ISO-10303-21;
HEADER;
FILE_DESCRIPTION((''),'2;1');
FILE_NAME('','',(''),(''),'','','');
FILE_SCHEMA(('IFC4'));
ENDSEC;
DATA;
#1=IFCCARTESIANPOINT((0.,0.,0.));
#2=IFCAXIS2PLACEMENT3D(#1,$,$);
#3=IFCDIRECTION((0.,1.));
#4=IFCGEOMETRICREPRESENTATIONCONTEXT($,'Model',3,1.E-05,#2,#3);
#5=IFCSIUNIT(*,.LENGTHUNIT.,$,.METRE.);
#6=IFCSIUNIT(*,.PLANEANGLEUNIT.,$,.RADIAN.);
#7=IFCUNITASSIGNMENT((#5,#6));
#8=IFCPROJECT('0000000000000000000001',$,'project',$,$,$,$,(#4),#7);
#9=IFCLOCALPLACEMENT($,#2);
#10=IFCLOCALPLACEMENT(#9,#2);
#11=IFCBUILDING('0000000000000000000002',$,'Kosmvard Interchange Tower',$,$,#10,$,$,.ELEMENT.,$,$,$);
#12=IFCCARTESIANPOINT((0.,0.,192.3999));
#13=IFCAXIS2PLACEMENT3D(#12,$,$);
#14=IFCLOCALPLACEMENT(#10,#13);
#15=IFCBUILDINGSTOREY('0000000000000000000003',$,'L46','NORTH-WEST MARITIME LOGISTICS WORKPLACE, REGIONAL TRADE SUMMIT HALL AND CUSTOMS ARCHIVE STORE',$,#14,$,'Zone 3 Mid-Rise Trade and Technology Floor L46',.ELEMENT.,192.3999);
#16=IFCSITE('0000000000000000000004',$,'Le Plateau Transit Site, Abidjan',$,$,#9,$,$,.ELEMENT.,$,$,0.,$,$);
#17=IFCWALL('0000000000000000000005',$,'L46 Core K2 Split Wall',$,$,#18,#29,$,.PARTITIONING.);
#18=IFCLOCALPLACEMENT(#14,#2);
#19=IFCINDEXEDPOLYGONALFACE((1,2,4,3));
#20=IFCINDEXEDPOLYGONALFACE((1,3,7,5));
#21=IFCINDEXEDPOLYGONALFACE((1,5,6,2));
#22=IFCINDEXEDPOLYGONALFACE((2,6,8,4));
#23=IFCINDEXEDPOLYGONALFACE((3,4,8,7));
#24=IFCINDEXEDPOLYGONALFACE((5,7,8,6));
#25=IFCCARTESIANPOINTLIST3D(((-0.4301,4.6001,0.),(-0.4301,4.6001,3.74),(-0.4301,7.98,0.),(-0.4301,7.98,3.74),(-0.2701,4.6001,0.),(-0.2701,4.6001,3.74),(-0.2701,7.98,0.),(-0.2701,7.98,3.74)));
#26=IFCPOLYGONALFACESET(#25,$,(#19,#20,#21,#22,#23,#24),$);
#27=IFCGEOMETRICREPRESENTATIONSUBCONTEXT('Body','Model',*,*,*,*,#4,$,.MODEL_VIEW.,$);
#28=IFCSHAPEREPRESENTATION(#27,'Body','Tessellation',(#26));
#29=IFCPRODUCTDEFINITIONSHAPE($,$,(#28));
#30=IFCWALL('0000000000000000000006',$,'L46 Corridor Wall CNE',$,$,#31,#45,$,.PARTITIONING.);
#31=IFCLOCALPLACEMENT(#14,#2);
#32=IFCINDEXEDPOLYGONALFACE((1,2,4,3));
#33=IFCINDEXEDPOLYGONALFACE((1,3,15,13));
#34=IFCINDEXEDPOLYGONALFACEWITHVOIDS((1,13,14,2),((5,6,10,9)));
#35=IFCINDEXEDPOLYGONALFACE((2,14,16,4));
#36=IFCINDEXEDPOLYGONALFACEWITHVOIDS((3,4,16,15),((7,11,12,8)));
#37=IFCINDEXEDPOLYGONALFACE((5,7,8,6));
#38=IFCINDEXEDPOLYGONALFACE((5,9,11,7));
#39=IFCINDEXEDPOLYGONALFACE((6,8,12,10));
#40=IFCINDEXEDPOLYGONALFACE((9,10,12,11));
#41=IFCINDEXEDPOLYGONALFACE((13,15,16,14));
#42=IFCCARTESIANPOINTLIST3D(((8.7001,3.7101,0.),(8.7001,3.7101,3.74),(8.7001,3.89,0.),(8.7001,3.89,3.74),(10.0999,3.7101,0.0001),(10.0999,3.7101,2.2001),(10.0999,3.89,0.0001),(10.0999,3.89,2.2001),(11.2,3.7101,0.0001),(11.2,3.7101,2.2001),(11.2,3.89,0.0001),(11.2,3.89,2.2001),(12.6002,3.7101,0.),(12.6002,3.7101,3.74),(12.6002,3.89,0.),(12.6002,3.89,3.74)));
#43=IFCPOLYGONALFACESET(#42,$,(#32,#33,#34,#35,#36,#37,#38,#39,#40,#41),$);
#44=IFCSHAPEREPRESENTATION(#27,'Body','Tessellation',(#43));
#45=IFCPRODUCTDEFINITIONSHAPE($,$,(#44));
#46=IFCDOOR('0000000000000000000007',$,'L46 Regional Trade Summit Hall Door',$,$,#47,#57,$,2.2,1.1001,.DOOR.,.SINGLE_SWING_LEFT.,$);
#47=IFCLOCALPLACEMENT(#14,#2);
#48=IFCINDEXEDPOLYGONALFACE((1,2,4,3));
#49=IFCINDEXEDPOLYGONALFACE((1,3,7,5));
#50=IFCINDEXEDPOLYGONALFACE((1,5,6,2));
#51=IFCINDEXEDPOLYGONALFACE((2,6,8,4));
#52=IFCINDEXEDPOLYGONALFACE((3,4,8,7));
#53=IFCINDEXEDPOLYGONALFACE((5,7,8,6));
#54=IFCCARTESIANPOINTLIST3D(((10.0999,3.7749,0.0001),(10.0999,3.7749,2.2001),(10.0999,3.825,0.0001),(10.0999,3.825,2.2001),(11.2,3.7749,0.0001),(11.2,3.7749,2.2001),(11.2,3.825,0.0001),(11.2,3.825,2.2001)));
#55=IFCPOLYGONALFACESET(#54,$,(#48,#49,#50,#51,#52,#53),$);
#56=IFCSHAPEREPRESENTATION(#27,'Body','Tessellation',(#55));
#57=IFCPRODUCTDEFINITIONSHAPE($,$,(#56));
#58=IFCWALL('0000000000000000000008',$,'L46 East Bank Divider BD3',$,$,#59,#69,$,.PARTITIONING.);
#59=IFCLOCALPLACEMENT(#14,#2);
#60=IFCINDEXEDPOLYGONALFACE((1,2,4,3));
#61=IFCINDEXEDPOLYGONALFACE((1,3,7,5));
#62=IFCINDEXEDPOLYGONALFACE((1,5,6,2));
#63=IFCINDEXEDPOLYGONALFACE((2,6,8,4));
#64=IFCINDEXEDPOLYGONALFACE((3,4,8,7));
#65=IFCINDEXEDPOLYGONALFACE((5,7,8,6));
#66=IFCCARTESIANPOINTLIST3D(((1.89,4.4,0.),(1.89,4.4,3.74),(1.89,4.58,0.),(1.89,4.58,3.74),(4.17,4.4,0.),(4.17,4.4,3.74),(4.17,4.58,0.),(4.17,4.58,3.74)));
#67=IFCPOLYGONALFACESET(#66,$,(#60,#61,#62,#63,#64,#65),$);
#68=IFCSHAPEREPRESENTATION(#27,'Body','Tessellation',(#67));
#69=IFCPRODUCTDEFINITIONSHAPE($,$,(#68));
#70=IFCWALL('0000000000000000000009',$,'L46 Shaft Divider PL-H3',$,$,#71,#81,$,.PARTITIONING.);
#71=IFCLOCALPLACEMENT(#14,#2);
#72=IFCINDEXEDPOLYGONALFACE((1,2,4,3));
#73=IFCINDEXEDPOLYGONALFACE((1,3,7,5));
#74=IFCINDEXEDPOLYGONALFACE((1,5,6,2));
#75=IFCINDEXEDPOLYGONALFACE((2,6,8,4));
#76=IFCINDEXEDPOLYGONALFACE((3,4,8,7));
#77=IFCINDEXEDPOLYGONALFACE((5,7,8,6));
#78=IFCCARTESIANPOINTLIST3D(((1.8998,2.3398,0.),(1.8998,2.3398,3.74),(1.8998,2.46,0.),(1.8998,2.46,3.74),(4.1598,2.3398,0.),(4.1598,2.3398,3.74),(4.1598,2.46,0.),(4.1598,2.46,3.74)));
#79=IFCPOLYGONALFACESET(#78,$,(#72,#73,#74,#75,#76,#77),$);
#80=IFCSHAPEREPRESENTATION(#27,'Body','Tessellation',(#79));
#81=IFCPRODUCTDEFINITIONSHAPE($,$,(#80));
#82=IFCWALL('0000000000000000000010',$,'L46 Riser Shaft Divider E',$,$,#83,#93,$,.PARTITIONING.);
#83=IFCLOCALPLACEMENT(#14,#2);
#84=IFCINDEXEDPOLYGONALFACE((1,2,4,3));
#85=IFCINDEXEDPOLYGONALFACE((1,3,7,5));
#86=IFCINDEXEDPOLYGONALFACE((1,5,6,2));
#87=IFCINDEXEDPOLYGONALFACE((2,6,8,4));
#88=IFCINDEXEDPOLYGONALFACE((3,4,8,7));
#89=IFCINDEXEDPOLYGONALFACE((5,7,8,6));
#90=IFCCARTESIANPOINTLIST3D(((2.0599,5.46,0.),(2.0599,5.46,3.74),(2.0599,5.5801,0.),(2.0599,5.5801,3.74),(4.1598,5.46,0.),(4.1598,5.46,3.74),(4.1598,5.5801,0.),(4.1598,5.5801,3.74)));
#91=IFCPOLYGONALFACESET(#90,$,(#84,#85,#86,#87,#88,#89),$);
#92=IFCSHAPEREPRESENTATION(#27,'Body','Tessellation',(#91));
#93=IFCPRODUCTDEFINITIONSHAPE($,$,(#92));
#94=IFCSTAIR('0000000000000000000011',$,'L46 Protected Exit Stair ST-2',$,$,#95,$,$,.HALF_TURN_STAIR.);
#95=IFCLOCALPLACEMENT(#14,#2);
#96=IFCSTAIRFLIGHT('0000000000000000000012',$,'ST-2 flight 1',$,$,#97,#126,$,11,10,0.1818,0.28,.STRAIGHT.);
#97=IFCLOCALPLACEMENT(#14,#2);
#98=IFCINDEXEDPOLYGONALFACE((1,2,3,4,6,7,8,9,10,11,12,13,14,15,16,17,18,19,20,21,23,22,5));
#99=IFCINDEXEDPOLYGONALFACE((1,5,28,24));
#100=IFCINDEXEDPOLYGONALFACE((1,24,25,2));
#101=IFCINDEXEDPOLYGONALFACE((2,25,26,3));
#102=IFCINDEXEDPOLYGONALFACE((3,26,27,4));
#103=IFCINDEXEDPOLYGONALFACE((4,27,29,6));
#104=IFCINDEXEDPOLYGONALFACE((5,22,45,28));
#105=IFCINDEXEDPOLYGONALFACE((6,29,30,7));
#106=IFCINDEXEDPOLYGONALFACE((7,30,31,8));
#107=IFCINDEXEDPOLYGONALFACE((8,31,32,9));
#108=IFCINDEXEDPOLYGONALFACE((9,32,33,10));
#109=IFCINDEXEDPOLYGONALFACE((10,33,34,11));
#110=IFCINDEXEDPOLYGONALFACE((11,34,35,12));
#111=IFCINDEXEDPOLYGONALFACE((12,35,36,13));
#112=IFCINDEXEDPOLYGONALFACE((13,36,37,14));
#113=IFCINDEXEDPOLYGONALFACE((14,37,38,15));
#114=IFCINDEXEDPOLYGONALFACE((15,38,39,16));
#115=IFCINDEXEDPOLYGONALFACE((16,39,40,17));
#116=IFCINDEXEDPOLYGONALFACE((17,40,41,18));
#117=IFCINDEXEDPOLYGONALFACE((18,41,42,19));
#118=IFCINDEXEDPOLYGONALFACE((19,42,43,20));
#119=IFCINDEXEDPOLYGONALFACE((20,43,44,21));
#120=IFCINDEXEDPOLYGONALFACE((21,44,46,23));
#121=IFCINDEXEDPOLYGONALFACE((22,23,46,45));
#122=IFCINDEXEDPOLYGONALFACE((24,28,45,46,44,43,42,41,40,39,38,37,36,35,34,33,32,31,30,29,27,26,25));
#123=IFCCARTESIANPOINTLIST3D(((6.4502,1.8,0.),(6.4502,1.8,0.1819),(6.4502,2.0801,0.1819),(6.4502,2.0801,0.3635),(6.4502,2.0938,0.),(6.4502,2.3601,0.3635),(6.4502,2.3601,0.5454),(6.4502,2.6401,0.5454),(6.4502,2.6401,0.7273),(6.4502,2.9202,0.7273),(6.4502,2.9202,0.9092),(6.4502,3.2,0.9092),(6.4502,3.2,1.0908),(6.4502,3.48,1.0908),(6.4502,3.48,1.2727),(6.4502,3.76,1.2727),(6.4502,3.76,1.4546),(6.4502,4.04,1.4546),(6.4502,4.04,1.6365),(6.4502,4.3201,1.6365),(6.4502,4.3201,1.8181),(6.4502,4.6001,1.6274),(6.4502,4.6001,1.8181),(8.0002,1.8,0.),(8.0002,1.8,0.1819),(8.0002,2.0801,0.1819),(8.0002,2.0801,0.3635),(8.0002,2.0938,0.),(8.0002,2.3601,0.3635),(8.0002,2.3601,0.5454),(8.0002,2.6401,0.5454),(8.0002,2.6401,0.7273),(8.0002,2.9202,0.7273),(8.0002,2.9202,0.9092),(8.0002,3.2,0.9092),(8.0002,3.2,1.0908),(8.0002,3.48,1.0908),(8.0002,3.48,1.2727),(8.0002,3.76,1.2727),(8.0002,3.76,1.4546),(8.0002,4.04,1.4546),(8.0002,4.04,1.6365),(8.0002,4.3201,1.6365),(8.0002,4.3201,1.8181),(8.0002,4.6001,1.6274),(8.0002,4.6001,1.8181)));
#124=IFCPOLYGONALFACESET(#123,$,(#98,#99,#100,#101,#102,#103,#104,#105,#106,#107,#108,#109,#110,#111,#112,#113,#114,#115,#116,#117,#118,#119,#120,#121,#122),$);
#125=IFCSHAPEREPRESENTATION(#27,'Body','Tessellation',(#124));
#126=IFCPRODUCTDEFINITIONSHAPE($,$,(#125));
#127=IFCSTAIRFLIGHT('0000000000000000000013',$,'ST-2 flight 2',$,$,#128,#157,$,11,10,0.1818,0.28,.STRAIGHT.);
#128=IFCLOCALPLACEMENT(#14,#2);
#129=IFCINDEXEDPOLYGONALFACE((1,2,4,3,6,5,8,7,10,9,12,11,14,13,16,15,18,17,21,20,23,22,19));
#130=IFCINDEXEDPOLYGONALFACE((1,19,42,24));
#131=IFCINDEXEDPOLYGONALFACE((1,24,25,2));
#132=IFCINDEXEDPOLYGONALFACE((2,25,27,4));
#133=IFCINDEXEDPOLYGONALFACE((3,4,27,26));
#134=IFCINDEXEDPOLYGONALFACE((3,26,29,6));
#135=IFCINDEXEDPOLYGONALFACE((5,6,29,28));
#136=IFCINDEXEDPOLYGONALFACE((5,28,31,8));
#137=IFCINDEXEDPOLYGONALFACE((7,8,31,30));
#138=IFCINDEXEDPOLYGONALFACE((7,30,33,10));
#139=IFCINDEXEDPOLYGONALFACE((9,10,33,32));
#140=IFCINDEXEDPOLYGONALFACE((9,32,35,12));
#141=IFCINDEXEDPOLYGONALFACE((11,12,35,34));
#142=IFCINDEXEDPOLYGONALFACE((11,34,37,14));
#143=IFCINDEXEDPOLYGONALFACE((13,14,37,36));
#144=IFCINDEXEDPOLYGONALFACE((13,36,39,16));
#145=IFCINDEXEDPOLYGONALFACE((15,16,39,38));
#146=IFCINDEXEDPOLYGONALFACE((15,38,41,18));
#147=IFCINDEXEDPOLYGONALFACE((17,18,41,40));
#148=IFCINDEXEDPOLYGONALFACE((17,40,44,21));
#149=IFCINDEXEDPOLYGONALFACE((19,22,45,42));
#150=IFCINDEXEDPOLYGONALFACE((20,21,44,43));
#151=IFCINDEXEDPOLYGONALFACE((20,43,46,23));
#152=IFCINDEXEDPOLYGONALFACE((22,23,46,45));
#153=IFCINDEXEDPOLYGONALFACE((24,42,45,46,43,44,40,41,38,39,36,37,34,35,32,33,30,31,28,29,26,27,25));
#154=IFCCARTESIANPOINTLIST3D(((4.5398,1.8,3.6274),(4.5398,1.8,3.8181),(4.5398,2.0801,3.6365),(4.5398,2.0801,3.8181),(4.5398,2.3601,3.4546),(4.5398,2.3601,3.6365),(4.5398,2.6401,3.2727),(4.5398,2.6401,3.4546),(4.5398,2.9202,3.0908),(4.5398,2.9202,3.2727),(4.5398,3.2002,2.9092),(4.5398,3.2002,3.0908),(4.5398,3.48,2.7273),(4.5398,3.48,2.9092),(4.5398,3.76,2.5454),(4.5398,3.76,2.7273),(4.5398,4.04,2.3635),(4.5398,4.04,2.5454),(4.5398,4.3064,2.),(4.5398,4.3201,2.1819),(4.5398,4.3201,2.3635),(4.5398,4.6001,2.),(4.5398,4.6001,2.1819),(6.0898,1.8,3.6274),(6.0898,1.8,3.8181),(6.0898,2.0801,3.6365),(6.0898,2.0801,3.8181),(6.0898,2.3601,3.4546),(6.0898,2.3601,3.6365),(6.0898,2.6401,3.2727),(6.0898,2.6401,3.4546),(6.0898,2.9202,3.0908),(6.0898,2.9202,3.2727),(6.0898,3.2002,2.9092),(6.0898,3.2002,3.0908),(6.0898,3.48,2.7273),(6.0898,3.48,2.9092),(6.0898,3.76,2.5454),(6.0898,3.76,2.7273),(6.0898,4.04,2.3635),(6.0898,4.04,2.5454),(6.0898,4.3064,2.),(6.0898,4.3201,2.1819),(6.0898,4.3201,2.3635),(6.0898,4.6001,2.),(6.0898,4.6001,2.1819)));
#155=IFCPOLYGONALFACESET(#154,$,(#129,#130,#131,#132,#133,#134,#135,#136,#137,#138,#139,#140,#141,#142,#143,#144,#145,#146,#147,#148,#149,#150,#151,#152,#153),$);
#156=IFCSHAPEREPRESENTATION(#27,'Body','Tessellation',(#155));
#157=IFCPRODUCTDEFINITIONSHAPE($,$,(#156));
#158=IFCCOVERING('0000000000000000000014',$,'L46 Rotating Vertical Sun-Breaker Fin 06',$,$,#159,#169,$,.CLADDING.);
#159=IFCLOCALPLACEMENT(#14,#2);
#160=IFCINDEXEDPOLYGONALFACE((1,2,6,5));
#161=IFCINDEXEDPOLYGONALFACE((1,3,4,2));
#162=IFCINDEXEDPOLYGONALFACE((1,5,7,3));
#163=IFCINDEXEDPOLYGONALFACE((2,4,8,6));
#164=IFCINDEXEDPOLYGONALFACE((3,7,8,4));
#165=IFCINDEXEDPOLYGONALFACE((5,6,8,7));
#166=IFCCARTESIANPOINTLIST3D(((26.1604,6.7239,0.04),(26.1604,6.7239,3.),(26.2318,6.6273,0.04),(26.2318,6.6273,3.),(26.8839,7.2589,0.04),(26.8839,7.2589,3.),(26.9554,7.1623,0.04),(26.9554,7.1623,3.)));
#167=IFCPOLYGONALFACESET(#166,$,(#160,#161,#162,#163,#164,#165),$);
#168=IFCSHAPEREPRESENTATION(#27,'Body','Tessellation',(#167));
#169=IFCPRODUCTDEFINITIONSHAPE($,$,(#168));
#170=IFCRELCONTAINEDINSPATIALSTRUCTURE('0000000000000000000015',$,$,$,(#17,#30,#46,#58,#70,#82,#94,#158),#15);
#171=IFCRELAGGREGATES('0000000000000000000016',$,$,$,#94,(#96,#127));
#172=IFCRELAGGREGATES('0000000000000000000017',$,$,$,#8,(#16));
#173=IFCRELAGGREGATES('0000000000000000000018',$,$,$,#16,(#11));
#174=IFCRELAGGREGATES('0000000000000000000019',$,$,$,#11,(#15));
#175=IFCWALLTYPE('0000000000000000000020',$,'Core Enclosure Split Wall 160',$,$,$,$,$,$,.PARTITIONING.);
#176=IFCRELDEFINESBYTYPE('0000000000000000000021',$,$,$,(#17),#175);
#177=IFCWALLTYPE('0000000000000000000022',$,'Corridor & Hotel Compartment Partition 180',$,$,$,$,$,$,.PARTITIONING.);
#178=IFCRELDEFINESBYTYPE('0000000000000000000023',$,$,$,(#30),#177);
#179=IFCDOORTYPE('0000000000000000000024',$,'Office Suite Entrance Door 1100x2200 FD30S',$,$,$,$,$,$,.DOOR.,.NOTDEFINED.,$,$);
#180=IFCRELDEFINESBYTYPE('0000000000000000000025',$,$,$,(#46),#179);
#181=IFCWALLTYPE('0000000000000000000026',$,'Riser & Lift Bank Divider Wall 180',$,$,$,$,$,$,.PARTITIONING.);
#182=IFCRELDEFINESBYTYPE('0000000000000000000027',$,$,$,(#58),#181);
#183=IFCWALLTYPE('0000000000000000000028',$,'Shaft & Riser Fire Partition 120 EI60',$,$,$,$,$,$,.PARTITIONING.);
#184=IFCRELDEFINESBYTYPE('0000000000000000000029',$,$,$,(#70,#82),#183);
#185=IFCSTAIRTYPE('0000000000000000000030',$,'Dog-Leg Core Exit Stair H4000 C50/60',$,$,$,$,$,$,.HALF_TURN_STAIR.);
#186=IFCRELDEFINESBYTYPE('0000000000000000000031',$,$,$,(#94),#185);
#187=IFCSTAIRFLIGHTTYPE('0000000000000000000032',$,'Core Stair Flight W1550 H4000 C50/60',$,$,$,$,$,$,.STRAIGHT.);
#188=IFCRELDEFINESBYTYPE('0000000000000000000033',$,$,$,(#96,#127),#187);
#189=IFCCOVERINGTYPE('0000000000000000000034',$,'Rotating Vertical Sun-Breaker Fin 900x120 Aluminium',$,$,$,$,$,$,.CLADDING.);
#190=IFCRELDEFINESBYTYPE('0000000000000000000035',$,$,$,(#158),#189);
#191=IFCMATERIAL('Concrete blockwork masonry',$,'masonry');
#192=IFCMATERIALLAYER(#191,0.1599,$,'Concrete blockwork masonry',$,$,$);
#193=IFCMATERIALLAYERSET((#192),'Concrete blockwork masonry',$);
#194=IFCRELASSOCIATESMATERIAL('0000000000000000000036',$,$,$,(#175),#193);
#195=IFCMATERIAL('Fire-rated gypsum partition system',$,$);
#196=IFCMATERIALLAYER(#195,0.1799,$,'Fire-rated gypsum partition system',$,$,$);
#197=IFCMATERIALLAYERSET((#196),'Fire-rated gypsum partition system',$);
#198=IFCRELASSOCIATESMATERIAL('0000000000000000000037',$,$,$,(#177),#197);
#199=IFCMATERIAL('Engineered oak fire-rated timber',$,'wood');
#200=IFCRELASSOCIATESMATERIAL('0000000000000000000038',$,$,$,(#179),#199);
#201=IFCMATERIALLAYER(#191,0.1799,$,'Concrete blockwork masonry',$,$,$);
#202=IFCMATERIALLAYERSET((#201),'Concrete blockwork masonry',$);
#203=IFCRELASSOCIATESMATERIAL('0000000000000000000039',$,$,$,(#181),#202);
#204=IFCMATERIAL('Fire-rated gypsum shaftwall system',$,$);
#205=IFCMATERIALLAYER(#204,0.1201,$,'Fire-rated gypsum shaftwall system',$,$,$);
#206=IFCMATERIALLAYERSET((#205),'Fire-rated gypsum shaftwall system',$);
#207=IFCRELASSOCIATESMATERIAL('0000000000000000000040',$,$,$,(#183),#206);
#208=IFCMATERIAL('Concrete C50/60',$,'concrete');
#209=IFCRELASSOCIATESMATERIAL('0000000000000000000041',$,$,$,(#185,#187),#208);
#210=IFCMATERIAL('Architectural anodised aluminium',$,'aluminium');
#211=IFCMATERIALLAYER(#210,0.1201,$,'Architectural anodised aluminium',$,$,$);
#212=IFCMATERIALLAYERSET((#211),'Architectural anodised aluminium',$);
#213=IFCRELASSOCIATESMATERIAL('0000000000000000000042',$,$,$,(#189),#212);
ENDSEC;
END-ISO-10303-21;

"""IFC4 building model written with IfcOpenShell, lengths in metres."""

from ifc_helpers import new_model, si_unit, direction, frame, frame_2d, origin, origin_2d, place, context, subcontext, project, spatial, polyline, rectangle, outline, extrude, source, transform, mapped, material, layer, layer_set, type_object, element, fill, aggregate, save


model = new_model("IFC4")

# Units and contexts
model_context = context("Model", 3, precision=1e-05, world=origin(), true_north=direction((0.0, 1.0)))
body_context = subcontext(model_context, "Body", "Model", "MODEL_VIEW")
ifc_project = project(units=[si_unit("LENGTHUNIT", "METRE"), si_unit("PLANEANGLEUNIT", "RADIAN")], contexts=[model_context])

# Site, building, storey
site_placement = place(None, origin())
site = spatial("IfcSite", under=ifc_project, at=site_placement, Name="Le Plateau Transit Site, Abidjan", CompositionType="ELEMENT", RefElevation=0.0)
building_placement = place(site_placement, origin())
building = spatial("IfcBuilding", under=site, at=building_placement, Name="Kosmvard Interchange Tower", CompositionType="ELEMENT")
storey_placement = place(building_placement, frame((0.0, 0.0, 192.3999)))
storey = spatial("IfcBuildingStorey", under=building, at=storey_placement, Name="L46", Description="NORTH-WEST MARITIME LOGISTICS WORKPLACE, REGIONAL TRADE SUMMIT HALL AND CUSTOMS ARCHIVE STORE", LongName="Zone 3 Mid-Rise Trade and Technology Floor L46", CompositionType="ELEMENT", Elevation=192.3999)

# Wall
ifc_material_1 = material(Name="Fire-rated gypsum partition system")
ifc_material_2 = material(Name="Concrete blockwork masonry", Category="masonry")
ifc_layer_1 = layer(ifc_material_2, 0.1599, Name="Concrete blockwork masonry")
ifc_layer_set_1 = layer_set([ifc_layer_1], Name="Concrete blockwork masonry")
wall_type_1 = type_object("IfcWallType", Name="Core Enclosure Split Wall 160", PredefinedType="PARTITIONING", material=ifc_layer_set_1)
wall_1_placement = place(storey_placement, frame((-0.3501, 4.6001, 0.0), z_axis=(0.0, 0.0, 1.0), x_axis=(0.0, 1.0, 0.0)))
element("IfcWall", 1, at=wall_1_placement, inside=storey, type_object=wall_type_1, Name="L46 Core K2 Split Wall", PredefinedType="PARTITIONING", context=body_context, shape_type="SweptSolid", body=[
    extrude(rectangle(XDim=3.3799, YDim=0.1599, at=frame_2d((1.6899, 0.0))), origin(), (0.0, 0.0, 1.0), 3.74),
])

# Wall, opening, door
ifc_layer_2 = layer(ifc_material_1, 0.1799, Name="Fire-rated gypsum partition system")
ifc_layer_set_2 = layer_set([ifc_layer_2], Name="Fire-rated gypsum partition system")
wall_type_2 = type_object("IfcWallType", Name="Corridor & Hotel Compartment Partition 180", PredefinedType="PARTITIONING", material=ifc_layer_set_2)
wall_2_placement = place(storey_placement, frame((8.7, 3.8, 0.0), z_axis=(0.0, 0.0, 1.0), x_axis=(1.0, 0.0, 0.0)))
wall_2 = element("IfcWall", 2, at=wall_2_placement, inside=storey, type_object=wall_type_2, Name="L46 Corridor Wall CNE", PredefinedType="PARTITIONING", context=body_context, shape_type="SweptSolid", body=[
    extrude(rectangle(XDim=3.9001, YDim=0.1799, at=frame_2d((1.9502, 0.0))), origin(), (0.0, 0.0, 1.0), 3.74),
])
opening_placement = place(wall_2_placement, frame((1.3999, 0.0, 0.0)))
opening = element("IfcOpeningElement", 3, at=opening_placement, cuts=wall_2, PredefinedType="OPENING", context=body_context, shape_type="SweptSolid", body=[
    extrude(rectangle(XDim=1.1001, YDim=2.2, at=frame_2d((0.55, 1.1001))), frame((0.0, 0.1001, 0.0), z_axis=(0.0, -1.0, 0.0), x_axis=(1.0, 0.0, 0.0)), (0.0, 0.0, 1.0), 0.2),
])
ifc_material_3 = material(Name="Engineered oak fire-rated timber", Category="wood")
door_type = type_object("IfcDoorType", Name="Office Suite Entrance Door 1100x2200 FD30S", OperationType="NOTDEFINED", PredefinedType="DOOR", material=ifc_material_3)
shared_shape_1 = source(origin(), body_context, "Body", "SweptSolid", [
    extrude(rectangle(XDim=1.1001, YDim=2.2, at=frame_2d((0.55, 1.1001))), frame((0.0, 0.0249, 0.0), z_axis=(0.0, -1.0, 0.0), x_axis=(1.0, 0.0, 0.0)), (0.0, 0.0, 1.0), 0.05),
])
door_placement = place(opening_placement, origin())
door = element("IfcDoor", 4, at=door_placement, inside=storey, type_object=door_type, Name="L46 Regional Trade Summit Hall Door", OperationType="SINGLE_SWING_LEFT", OverallHeight=2.2, OverallWidth=1.1001, PredefinedType="DOOR", context=body_context, shape_type="MappedRepresentation", body=[
    mapped(shared_shape_1, transform((0.0, 0.0, 0.0), scale=1.0)),
])
fill(opening, door)

# Walls
ifc_layer_3 = layer(ifc_material_2, 0.1799, Name="Concrete blockwork masonry")
ifc_layer_set_3 = layer_set([ifc_layer_3], Name="Concrete blockwork masonry")
wall_type_3 = type_object("IfcWallType", Name="Riser & Lift Bank Divider Wall 180", PredefinedType="PARTITIONING", material=ifc_layer_set_3)
wall_3_placement = place(storey_placement, frame((1.8899, 4.49, 0.0), z_axis=(0.0, 0.0, 1.0), x_axis=(1.0, 0.0, 0.0)))
element("IfcWall", 5, at=wall_3_placement, inside=storey, type_object=wall_type_3, Name="L46 East Bank Divider BD3", PredefinedType="PARTITIONING", context=body_context, shape_type="SweptSolid", body=[
    extrude(rectangle(XDim=2.28, YDim=0.1799, at=frame_2d((1.1401, 0.0))), origin(), (0.0, 0.0, 1.0), 3.74),
])
ifc_material_4 = material(Name="Fire-rated gypsum shaftwall system")
ifc_layer_4 = layer(ifc_material_4, 0.1201, Name="Fire-rated gypsum shaftwall system")
ifc_layer_set_4 = layer_set([ifc_layer_4], Name="Fire-rated gypsum shaftwall system")
wall_type_4 = type_object("IfcWallType", Name="Shaft & Riser Fire Partition 120 EI60", PredefinedType="PARTITIONING", material=ifc_layer_set_4)
wall_4_placement = place(storey_placement, frame((1.8999, 2.3999, 0.0), z_axis=(0.0, 0.0, 1.0), x_axis=(1.0, 0.0, 0.0)))
element("IfcWall", 6, at=wall_4_placement, inside=storey, type_object=wall_type_4, Name="L46 Shaft Divider PL-H3", PredefinedType="PARTITIONING", context=body_context, shape_type="SweptSolid", body=[
    extrude(rectangle(XDim=2.26, YDim=0.1201, at=frame_2d((1.1299, 0.0))), origin(), (0.0, 0.0, 1.0), 3.74),
])
wall_5_placement = place(storey_placement, frame((2.0601, 5.52, 0.0), z_axis=(0.0, 0.0, 1.0), x_axis=(1.0, 0.0, 0.0)))
element("IfcWall", 7, at=wall_5_placement, inside=storey, type_object=wall_type_4, Name="L46 Riser Shaft Divider E", PredefinedType="PARTITIONING", context=body_context, shape_type="SweptSolid", body=[
    extrude(rectangle(XDim=2.0999, YDim=0.1201, at=frame_2d((1.0498, 0.0))), origin(), (0.0, 0.0, 1.0), 3.74),
])

# Stair, stair flights
ifc_material_5 = material(Name="Concrete C50/60", Category="concrete")
stair_type = type_object("IfcStairType", Name="Dog-Leg Core Exit Stair H4000 C50/60", PredefinedType="HALF_TURN_STAIR", material=ifc_material_5)
stair_placement = place(storey_placement, origin())
stair = element("IfcStair", 8, at=stair_placement, inside=storey, type_object=stair_type, Name="L46 Protected Exit Stair ST-2", PredefinedType="HALF_TURN_STAIR")
stair_flight_type = type_object("IfcStairFlightType", Name="Core Stair Flight W1550 H4000 C50/60", PredefinedType="STRAIGHT", material=ifc_material_5)
shared_shape_2 = source(origin(), body_context, "Body", "SweptSolid", [
    extrude(outline(polyline([(0.0, 0.0), (0.0, 0.1819), (0.28, 0.1819), (0.28, 0.3635), (0.5601, 0.3635), (0.5601, 0.5454), (0.8401, 0.5454), (0.8401, 0.7273), (1.1201, 0.7273), (1.1201, 0.9092), (1.3999, 0.9092), (1.3999, 1.0908), (1.6799, 1.0908), (1.6799, 1.2727), (1.96, 1.2727), (1.96, 1.4546), (2.24, 1.4546), (2.24, 1.6365), (2.52, 1.6365), (2.52, 1.8181), (2.8, 1.8181), (2.8, 2.0), (2.8, 1.6274), (0.2937, 0.0), (0.0, 0.0)])), frame((0.0, 0.7749, 0.0), z_axis=(0.0, -1.0, 0.0), x_axis=(1.0, 0.0, 0.0)), (0.0, 0.0, 1.0), 1.55),
])
stair_flight_1_placement = place(storey_placement, frame((7.2251, 1.8, 0.0), z_axis=(0.0, 0.0, 1.0), x_axis=(0.0, 1.0, 0.0)))
stair_flight_1 = element("IfcStairFlight", 9, at=stair_flight_1_placement, type_object=stair_flight_type, Name="ST-2 flight 1", NumberOfRisers=11, NumberOfTreads=10, PredefinedType="STRAIGHT", RiserHeight=0.1818, TreadLength=0.28, context=body_context, shape_type="MappedRepresentation", body=[
    mapped(shared_shape_2, transform((0.0, 0.0, 0.0), scale=1.0)),
])
stair_flight_2_placement = place(storey_placement, frame((5.3149, 4.6001, 2.0), z_axis=(0.0, 0.0, 1.0), x_axis=(0.0, -1.0, 0.0)))
stair_flight_2 = element("IfcStairFlight", 10, at=stair_flight_2_placement, type_object=stair_flight_type, Name="ST-2 flight 2", NumberOfRisers=11, NumberOfTreads=10, PredefinedType="STRAIGHT", RiserHeight=0.1818, TreadLength=0.28, context=body_context, shape_type="MappedRepresentation", body=[
    mapped(shared_shape_2, transform((0.0, 0.0, 0.0), scale=1.0)),
])
aggregate(stair, [stair_flight_1, stair_flight_2])

# Covering
ifc_material_6 = material(Name="Architectural anodised aluminium", Category="aluminium")
ifc_layer_5 = layer(ifc_material_6, 0.1201, Name="Architectural anodised aluminium")
ifc_layer_set_5 = layer_set([ifc_layer_5], Name="Architectural anodised aluminium")
covering_type = type_object("IfcCoveringType", Name="Rotating Vertical Sun-Breaker Fin 900x120 Aluminium", PredefinedType="CLADDING", material=ifc_layer_set_5)
shared_shape_3 = source(origin(), body_context, "Body", "SweptSolid", [
    extrude(rectangle(XDim=0.8999, YDim=0.1201, at=origin_2d()), origin(), (0.0, 0.0, 1.0), 2.96),
])
covering_placement = place(storey_placement, frame((26.5579, 6.9431, 0.04), z_axis=(0.0, 0.0, 1.0), x_axis=(0.804064, 0.594542, 0.0)))
element("IfcCovering", 11, at=covering_placement, inside=storey, type_object=covering_type, Name="L46 Rotating Vertical Sun-Breaker Fin 06", PredefinedType="CLADDING", context=body_context, shape_type="MappedRepresentation", body=[
    mapped(shared_shape_3, transform((0.0, 0.0, 0.0), scale=1.0)),
])

save(model, "model.ifc")
